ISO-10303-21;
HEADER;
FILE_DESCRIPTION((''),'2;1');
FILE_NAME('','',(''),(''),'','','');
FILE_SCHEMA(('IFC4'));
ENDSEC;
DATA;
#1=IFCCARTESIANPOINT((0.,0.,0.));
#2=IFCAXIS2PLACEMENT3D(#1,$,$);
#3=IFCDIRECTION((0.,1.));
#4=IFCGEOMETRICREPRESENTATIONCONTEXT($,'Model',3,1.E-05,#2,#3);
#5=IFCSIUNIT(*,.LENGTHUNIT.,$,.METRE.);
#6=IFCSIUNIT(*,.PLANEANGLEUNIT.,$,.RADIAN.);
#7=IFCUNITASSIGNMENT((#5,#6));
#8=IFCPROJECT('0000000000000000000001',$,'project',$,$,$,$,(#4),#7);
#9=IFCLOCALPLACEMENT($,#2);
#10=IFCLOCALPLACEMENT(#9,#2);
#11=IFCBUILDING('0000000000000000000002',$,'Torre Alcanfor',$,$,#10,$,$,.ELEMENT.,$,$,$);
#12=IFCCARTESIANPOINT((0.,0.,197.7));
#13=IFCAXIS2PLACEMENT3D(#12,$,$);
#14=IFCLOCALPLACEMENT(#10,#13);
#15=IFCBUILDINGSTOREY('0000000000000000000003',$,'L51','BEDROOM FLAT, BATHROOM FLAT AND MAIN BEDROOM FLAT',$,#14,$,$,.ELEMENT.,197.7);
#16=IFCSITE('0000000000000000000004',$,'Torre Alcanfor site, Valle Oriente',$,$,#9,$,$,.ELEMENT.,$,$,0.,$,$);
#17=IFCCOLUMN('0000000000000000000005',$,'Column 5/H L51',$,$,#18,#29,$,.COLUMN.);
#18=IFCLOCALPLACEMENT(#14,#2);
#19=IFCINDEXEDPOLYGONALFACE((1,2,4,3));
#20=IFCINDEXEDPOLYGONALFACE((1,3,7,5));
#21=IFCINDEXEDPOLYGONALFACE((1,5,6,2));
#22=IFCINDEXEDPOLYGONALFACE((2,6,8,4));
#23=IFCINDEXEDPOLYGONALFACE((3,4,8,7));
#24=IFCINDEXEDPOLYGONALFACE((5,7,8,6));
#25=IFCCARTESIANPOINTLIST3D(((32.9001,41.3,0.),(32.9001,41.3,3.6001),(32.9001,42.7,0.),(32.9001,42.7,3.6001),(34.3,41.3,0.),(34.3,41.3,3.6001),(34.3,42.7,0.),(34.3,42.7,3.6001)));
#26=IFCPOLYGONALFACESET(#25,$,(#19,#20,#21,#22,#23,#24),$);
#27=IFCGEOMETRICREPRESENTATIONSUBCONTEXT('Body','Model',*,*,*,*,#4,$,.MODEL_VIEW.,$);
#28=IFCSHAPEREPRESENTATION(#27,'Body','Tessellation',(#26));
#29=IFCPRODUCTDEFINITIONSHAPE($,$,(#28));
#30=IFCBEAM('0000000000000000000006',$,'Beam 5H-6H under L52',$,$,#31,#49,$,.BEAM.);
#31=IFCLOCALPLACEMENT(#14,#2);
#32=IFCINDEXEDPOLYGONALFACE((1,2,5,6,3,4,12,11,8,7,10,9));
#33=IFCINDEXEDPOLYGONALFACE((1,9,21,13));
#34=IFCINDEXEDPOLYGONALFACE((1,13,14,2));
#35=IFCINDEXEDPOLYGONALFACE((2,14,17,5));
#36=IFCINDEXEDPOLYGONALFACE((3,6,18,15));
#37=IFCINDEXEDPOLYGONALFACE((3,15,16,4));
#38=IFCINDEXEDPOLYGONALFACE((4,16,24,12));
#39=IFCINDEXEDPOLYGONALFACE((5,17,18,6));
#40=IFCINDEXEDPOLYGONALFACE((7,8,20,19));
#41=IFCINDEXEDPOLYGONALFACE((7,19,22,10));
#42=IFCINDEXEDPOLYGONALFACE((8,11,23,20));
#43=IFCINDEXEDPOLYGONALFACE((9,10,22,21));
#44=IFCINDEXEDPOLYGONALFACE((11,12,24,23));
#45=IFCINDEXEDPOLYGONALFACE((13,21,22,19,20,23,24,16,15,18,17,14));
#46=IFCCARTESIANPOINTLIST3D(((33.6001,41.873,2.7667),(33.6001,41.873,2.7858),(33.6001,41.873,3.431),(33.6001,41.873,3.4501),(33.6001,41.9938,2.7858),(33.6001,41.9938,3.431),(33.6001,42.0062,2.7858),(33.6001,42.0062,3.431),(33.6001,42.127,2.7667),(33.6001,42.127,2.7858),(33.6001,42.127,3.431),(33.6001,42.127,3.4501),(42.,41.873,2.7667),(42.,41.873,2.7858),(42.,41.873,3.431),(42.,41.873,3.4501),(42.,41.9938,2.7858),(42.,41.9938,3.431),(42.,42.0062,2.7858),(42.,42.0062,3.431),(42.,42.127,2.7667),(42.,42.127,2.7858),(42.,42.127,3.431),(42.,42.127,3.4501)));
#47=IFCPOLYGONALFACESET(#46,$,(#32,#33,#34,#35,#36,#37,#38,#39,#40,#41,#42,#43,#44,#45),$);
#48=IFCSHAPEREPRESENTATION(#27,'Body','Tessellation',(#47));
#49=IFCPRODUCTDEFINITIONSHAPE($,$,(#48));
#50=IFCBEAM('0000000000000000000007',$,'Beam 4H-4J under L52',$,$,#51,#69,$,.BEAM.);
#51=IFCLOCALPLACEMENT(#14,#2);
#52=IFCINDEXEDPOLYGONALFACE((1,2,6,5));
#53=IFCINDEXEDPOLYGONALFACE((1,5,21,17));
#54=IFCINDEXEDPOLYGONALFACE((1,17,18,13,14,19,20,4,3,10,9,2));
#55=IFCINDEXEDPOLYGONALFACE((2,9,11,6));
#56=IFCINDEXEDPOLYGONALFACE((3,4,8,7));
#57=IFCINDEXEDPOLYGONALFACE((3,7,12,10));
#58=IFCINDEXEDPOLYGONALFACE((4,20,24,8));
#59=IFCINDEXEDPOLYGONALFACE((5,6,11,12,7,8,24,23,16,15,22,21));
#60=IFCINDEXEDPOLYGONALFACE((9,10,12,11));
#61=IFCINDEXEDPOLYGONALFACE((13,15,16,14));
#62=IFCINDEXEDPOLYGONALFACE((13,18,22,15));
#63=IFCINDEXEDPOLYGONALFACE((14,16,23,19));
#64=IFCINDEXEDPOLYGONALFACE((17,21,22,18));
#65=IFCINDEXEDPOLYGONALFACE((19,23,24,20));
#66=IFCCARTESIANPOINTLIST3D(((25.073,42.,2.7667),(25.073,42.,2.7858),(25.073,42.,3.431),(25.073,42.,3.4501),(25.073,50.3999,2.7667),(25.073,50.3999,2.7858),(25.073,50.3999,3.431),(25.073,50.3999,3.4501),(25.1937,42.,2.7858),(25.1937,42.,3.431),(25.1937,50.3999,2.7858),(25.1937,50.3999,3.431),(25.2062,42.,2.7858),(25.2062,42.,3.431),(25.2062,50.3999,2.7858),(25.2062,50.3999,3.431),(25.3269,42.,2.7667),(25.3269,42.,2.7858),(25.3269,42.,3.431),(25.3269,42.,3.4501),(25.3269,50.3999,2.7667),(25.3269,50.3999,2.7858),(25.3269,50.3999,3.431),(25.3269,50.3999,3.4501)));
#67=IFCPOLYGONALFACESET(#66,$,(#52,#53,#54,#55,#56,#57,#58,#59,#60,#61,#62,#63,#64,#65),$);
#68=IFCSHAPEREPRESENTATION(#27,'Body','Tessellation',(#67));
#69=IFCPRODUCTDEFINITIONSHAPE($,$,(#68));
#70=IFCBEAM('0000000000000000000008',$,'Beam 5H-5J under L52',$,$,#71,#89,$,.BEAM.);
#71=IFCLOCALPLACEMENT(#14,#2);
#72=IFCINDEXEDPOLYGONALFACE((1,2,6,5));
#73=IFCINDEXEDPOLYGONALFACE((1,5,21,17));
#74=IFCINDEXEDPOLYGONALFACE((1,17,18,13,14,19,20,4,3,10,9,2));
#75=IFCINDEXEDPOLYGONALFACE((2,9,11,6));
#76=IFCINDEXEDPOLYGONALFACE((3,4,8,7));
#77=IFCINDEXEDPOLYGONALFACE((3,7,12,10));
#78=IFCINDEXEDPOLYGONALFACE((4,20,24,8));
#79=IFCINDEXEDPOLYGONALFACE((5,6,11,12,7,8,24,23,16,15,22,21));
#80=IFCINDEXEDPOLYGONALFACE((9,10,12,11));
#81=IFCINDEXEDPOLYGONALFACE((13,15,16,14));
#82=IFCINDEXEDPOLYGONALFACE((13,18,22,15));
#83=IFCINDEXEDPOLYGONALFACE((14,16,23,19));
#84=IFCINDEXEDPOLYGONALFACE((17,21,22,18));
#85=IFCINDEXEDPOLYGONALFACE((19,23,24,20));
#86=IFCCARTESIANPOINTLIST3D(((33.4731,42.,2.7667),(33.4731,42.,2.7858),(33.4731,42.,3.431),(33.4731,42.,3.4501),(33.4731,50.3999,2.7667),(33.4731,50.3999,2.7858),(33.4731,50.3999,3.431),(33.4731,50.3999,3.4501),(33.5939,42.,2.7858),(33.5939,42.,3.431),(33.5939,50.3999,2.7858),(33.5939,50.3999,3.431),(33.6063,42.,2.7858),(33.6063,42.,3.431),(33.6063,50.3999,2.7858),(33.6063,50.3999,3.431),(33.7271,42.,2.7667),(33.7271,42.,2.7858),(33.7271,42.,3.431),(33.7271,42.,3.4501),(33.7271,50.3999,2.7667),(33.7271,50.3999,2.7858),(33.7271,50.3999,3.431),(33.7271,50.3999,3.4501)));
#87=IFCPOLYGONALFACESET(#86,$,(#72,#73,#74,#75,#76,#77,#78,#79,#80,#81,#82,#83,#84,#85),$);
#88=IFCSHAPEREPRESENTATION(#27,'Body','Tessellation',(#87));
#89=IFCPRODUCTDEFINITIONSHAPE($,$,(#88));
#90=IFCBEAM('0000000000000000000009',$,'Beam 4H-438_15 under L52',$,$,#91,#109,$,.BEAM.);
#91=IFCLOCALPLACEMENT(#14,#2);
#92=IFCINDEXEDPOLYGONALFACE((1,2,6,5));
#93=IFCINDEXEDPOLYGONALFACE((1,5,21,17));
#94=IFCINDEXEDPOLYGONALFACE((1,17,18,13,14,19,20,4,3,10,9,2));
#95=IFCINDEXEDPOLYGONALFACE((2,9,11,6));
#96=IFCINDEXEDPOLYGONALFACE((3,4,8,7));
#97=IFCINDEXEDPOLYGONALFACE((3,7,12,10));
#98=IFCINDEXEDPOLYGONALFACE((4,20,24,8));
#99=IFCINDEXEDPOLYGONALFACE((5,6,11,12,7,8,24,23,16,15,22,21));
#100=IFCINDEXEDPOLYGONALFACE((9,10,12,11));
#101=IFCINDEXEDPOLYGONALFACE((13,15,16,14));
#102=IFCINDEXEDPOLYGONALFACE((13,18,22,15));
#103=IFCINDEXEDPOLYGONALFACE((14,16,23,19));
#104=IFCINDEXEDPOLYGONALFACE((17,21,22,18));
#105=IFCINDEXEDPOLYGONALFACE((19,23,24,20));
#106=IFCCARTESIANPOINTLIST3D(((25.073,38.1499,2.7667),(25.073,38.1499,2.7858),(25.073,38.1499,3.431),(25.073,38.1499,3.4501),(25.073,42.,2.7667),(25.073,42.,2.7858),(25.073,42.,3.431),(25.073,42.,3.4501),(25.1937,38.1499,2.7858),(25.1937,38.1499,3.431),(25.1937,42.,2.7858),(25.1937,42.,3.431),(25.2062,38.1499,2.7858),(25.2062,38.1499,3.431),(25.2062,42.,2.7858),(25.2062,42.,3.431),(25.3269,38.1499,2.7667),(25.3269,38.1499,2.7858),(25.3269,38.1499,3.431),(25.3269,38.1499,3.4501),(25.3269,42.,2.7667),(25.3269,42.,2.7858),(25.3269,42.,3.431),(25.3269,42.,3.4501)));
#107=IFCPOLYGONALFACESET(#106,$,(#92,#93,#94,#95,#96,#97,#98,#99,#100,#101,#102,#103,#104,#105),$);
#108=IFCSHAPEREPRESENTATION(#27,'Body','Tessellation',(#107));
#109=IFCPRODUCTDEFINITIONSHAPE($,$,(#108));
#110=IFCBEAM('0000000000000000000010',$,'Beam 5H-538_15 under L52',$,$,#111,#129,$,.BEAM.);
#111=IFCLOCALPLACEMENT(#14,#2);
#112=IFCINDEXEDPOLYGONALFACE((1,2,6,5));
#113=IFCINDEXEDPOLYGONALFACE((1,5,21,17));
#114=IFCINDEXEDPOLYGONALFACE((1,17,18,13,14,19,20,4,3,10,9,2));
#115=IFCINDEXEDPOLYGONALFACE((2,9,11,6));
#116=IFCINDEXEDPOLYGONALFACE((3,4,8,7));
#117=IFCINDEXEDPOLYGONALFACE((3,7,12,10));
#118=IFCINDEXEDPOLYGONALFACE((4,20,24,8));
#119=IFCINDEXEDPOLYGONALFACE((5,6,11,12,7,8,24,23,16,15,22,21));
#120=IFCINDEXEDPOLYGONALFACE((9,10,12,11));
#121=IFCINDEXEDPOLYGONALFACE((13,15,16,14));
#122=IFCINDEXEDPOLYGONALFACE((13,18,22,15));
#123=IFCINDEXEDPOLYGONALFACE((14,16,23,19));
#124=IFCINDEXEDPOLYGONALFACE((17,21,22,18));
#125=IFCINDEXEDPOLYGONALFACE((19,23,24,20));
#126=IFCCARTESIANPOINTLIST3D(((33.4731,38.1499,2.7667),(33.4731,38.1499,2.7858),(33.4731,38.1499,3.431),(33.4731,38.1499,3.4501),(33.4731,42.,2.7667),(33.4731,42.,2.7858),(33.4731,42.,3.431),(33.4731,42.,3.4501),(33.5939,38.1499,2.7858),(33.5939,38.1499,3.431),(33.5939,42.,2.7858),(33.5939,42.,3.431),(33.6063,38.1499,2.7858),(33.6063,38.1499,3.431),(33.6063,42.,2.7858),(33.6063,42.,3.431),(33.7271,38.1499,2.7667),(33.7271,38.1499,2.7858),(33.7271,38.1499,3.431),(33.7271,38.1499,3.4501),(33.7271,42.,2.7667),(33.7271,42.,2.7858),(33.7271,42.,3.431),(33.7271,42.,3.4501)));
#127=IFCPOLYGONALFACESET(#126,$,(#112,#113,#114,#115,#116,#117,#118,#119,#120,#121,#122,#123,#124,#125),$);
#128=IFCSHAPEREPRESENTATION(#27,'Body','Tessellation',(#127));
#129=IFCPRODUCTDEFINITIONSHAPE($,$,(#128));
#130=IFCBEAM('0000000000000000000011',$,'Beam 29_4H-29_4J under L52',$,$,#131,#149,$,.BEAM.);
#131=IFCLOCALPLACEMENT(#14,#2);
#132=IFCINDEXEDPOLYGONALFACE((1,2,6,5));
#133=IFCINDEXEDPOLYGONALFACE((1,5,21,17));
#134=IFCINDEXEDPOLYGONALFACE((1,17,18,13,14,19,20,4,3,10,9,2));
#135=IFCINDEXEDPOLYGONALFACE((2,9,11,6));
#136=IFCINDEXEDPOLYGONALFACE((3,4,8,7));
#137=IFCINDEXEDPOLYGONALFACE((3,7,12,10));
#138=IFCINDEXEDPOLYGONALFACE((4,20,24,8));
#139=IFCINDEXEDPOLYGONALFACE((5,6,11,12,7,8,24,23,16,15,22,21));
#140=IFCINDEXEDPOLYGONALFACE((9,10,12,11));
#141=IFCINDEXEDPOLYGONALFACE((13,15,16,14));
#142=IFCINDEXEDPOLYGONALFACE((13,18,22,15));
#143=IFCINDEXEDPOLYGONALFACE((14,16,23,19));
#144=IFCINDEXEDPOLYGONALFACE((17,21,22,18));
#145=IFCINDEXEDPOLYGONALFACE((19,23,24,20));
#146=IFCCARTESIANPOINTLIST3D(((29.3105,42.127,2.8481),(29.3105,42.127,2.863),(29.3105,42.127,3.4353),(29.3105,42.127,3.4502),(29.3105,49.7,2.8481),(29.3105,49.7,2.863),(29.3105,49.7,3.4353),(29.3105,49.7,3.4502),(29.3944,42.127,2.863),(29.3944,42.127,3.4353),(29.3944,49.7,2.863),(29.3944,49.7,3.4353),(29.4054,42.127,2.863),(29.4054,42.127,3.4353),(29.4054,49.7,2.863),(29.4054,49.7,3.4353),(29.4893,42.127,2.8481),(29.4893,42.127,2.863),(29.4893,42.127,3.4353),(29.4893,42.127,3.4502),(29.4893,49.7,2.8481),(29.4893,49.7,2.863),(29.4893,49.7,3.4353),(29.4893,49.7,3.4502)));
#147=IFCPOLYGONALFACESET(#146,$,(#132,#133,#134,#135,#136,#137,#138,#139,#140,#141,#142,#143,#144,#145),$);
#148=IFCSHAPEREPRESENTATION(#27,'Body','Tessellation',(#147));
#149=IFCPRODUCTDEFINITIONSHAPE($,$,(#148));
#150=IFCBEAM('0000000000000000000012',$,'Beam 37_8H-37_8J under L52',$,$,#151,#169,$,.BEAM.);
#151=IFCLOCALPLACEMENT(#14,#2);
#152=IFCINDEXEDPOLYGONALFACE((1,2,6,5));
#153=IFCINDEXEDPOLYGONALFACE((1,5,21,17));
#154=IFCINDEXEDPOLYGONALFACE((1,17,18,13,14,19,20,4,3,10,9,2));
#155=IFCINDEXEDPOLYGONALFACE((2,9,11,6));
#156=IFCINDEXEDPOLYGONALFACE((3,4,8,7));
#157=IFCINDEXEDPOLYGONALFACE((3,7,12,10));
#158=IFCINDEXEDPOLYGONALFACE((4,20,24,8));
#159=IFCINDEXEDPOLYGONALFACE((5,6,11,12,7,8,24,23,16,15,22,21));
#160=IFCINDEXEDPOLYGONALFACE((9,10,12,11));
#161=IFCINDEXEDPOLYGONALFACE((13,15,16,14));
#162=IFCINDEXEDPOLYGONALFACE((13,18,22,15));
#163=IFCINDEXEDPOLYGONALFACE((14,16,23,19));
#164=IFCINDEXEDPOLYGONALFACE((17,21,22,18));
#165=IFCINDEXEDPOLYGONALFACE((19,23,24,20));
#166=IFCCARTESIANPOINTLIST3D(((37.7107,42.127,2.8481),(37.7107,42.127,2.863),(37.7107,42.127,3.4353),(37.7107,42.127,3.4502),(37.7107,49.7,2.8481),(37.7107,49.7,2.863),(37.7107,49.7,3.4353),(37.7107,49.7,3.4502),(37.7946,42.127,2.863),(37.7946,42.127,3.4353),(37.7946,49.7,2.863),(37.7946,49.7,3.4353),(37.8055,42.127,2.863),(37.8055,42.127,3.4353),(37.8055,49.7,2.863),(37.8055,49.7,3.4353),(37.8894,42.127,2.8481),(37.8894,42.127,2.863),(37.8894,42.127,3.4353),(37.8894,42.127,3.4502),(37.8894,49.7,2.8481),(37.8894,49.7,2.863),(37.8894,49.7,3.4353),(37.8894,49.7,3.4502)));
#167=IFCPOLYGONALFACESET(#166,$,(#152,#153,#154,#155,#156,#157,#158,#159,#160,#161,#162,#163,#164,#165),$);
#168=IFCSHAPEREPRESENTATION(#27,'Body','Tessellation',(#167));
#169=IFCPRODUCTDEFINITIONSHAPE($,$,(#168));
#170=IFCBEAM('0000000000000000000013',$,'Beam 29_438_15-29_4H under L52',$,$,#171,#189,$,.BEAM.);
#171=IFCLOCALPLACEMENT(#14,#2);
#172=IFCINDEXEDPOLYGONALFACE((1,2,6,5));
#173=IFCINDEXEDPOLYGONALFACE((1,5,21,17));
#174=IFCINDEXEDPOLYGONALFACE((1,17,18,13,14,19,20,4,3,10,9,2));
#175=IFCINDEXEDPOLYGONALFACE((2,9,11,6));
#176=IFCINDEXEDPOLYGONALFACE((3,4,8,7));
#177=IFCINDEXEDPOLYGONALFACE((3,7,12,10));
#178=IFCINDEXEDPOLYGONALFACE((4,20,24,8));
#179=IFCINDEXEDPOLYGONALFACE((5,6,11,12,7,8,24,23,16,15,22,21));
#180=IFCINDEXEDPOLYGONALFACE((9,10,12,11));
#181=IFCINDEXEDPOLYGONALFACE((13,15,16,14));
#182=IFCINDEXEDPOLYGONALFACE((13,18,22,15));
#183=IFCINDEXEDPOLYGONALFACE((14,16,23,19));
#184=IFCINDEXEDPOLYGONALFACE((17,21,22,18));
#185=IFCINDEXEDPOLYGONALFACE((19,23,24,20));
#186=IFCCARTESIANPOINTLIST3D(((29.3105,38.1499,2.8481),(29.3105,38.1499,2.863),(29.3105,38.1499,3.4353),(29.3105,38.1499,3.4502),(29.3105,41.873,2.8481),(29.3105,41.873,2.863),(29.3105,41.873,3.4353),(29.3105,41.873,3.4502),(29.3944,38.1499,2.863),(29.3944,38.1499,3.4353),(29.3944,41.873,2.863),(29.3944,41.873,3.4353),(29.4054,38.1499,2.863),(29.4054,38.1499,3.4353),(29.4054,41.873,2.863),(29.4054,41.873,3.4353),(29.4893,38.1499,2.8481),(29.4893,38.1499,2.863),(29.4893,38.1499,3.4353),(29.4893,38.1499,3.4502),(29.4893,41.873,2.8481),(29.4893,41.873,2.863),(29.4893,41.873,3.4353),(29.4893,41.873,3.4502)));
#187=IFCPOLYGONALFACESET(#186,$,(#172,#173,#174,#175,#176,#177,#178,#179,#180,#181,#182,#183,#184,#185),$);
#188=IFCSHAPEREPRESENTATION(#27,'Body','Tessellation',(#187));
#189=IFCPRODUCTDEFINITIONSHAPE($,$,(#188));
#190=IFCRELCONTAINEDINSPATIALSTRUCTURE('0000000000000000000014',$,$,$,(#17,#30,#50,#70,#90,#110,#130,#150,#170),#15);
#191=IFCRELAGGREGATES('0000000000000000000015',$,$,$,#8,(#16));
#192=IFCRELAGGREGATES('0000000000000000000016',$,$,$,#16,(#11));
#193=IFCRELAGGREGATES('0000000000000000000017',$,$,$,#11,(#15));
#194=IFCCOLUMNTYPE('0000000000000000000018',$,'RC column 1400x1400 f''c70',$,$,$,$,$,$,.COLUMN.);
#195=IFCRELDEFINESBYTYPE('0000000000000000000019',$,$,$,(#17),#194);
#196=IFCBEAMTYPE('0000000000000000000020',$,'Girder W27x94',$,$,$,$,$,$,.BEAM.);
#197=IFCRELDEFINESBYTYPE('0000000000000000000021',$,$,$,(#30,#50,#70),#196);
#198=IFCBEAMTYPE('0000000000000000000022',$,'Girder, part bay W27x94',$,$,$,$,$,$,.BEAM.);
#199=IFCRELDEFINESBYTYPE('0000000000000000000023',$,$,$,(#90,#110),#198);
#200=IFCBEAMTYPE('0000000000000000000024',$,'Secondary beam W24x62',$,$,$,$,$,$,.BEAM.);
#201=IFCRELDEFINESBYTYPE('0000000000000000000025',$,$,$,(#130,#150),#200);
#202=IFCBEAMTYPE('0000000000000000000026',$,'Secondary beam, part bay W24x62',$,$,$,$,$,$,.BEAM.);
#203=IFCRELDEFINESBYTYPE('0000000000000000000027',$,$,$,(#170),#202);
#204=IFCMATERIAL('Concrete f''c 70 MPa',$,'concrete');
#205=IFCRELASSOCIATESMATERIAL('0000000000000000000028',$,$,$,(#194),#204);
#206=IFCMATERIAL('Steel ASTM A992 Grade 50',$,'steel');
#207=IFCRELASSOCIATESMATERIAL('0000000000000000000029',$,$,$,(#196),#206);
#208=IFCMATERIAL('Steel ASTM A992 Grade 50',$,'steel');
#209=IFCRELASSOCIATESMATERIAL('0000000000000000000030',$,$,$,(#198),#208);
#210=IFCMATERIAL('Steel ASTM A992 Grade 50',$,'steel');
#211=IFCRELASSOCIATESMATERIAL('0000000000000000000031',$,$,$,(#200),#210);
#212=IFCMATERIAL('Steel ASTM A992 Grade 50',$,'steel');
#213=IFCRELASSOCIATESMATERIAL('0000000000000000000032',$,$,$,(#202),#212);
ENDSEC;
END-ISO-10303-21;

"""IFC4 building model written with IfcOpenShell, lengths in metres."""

from ifc_helpers import new_model, si_unit, direction, frame, origin, origin_2d, place, context, subcontext, project, spatial, rectangle, i_section, extrude, material, material_profile, profile_set, type_object, element, save


model = new_model("IFC4")

# Units and contexts
model_context = context("Model", 3, precision=1e-05, world=origin(), true_north=direction((0.0, 1.0)))
body_context = subcontext(model_context, "Body", "Model", "MODEL_VIEW")
ifc_project = project(units=[si_unit("LENGTHUNIT", "METRE"), si_unit("PLANEANGLEUNIT", "RADIAN")], contexts=[model_context])

# Site, building, storey
site_placement = place(None, origin())
site = spatial("IfcSite", under=ifc_project, at=site_placement, Name="Torre Alcanfor site, Valle Oriente", CompositionType="ELEMENT", RefElevation=0.0)
building_placement = place(site_placement, origin())
building = spatial("IfcBuilding", under=site, at=building_placement, Name="Torre Alcanfor", CompositionType="ELEMENT")
storey_placement = place(building_placement, frame((0.0, 0.0, 197.7)))
storey = spatial("IfcBuildingStorey", under=building, at=storey_placement, Name="L51", Description="BEDROOM FLAT, BATHROOM FLAT AND MAIN BEDROOM FLAT", CompositionType="ELEMENT", Elevation=197.7)

# Column
ifc_material_1 = material(Name="Concrete f'c 70 MPa", Category="concrete")
ifc_material_profile_1 = material_profile(ifc_material_1, rectangle(XDim=1.3999, YDim=1.3999, at=origin_2d()), Name="1400x1400")
ifc_profile_set_1 = profile_set([ifc_material_profile_1], Name="Concrete f'c 70 MPa")
column_type = type_object("IfcColumnType", Name="RC column 1400x1400 f'c70", PredefinedType="COLUMN", material=ifc_profile_set_1)
column_placement = place(storey_placement, frame((33.6001, 42.0, 0.0), z_axis=(0.0, 0.0, 1.0), x_axis=(1.0, 0.0, 0.0)))
element("IfcColumn", 1, at=column_placement, inside=storey, type_object=column_type, Name="Column 5/H L51", PredefinedType="COLUMN", context=body_context, shape_type="SweptSolid", body=[
    extrude(rectangle(XDim=1.3999, YDim=1.3999, at=origin_2d()), origin(), (0.0, 0.0, 1.0), 3.6001),
])

# Beams
ifc_material_2 = material(Name="Steel ASTM A992 Grade 50", Category="steel")
ifc_material_profile_2 = material_profile(ifc_material_2, i_section(OverallWidth=0.2539, OverallDepth=0.6833, WebThickness=0.0125, FlangeThickness=0.019, at=origin_2d()), Name="W27x94")
ifc_profile_set_2 = profile_set([ifc_material_profile_2], Name="Steel ASTM A992 Grade 50")
beam_type_1 = type_object("IfcBeamType", Name="Girder W27x94", PredefinedType="BEAM", material=ifc_profile_set_2)
for number, where, z_axis, x_axis, name in (
    (2, (33.6001, 42.0, 3.1084), (1.0, 0.0, 0.0), (0.0, 1.0, 0.0), "Beam 5H-6H under L52"),
    (3, (25.2, 42.0, 3.1084), (0.0, 1.0, 0.0), (-1.0, 0.0, 0.0), "Beam 4H-4J under L52"),
    (4, (33.6001, 42.0, 3.1084), (0.0, 1.0, 0.0), (-1.0, 0.0, 0.0), "Beam 5H-5J under L52"),
):
    element("IfcBeam", number, at=place(storey_placement, frame(where, z_axis=z_axis, x_axis=x_axis)), inside=storey, type_object=beam_type_1, Name=name, PredefinedType="BEAM", context=body_context, shape_type="SweptSolid", body=[
        extrude(i_section(OverallWidth=0.2539, OverallDepth=0.6833, WebThickness=0.0125, FlangeThickness=0.019, at=origin_2d()), origin(), (0.0, 0.0, 1.0), 8.3999),
    ])
ifc_material_3 = material(Name="Steel ASTM A992 Grade 50", Category="steel")
ifc_material_profile_3 = material_profile(ifc_material_3, i_section(OverallWidth=0.2539, OverallDepth=0.6833, WebThickness=0.0125, FlangeThickness=0.019, at=origin_2d()), Name="W27x94")
ifc_profile_set_3 = profile_set([ifc_material_profile_3], Name="Steel ASTM A992 Grade 50")
beam_type_2 = type_object("IfcBeamType", Name="Girder, part bay W27x94", PredefinedType="BEAM", material=ifc_profile_set_3)
for number, where, z_axis, x_axis, name in (
    (5, (25.2, 42.0, 3.1084), (0.0, -1.0, 0.0), (1.0, 0.0, 0.0), "Beam 4H-438_15 under L52"),
    (6, (33.6001, 42.0, 3.1084), (0.0, -1.0, 0.0), (1.0, 0.0, 0.0), "Beam 5H-538_15 under L52"),
):
    element("IfcBeam", number, at=place(storey_placement, frame(where, z_axis=z_axis, x_axis=x_axis)), inside=storey, type_object=beam_type_2, Name=name, PredefinedType="BEAM", context=body_context, shape_type="SweptSolid", body=[
        extrude(i_section(OverallWidth=0.2539, OverallDepth=0.6833, WebThickness=0.0125, FlangeThickness=0.019, at=origin_2d()), origin(), (0.0, 0.0, 1.0), 3.8501),
    ])
ifc_material_4 = material(Name="Steel ASTM A992 Grade 50", Category="steel")
ifc_material_profile_4 = material_profile(ifc_material_4, i_section(OverallWidth=0.1787, OverallDepth=0.6021, WebThickness=0.011, FlangeThickness=0.0149, at=origin_2d()), Name="W24x62")
ifc_profile_set_4 = profile_set([ifc_material_profile_4], Name="Steel ASTM A992 Grade 50")
beam_type_3 = type_object("IfcBeamType", Name="Secondary beam W24x62", PredefinedType="BEAM", material=ifc_profile_set_4)
for number, where, z_axis, x_axis, name in (
    (7, (29.3999, 42.127, 3.1492), (0.0, 1.0, 0.0), (-1.0, 0.0, 0.0), "Beam 29_4H-29_4J under L52"),
    (8, (37.8, 42.127, 3.1492), (0.0, 1.0, 0.0), (-1.0, 0.0, 0.0), "Beam 37_8H-37_8J under L52"),
):
    element("IfcBeam", number, at=place(storey_placement, frame(where, z_axis=z_axis, x_axis=x_axis)), inside=storey, type_object=beam_type_3, Name=name, PredefinedType="BEAM", context=body_context, shape_type="SweptSolid", body=[
        extrude(i_section(OverallWidth=0.1787, OverallDepth=0.6021, WebThickness=0.011, FlangeThickness=0.0149, at=origin_2d()), origin(), (0.0, 0.0, 1.0), 7.573),
    ])
ifc_material_5 = material(Name="Steel ASTM A992 Grade 50", Category="steel")
ifc_material_profile_5 = material_profile(ifc_material_5, i_section(OverallWidth=0.1787, OverallDepth=0.6021, WebThickness=0.011, FlangeThickness=0.0149, at=origin_2d()), Name="W24x62")
ifc_profile_set_5 = profile_set([ifc_material_profile_5], Name="Steel ASTM A992 Grade 50")
beam_type_4 = type_object("IfcBeamType", Name="Secondary beam, part bay W24x62", PredefinedType="BEAM", material=ifc_profile_set_5)
for number, where, z_axis, x_axis, name in (
    (9, (29.3999, 38.1499, 3.1492), (0.0, 1.0, 0.0), (-1.0, 0.0, 0.0), "Beam 29_438_15-29_4H under L52"),
):
    element("IfcBeam", number, at=place(storey_placement, frame(where, z_axis=z_axis, x_axis=x_axis)), inside=storey, type_object=beam_type_4, Name=name, PredefinedType="BEAM", context=body_context, shape_type="SweptSolid", body=[
        extrude(i_section(OverallWidth=0.1787, OverallDepth=0.6021, WebThickness=0.011, FlangeThickness=0.0149, at=origin_2d()), origin(), (0.0, 0.0, 1.0), 3.7231),
    ])

save(model, "model.ifc")
